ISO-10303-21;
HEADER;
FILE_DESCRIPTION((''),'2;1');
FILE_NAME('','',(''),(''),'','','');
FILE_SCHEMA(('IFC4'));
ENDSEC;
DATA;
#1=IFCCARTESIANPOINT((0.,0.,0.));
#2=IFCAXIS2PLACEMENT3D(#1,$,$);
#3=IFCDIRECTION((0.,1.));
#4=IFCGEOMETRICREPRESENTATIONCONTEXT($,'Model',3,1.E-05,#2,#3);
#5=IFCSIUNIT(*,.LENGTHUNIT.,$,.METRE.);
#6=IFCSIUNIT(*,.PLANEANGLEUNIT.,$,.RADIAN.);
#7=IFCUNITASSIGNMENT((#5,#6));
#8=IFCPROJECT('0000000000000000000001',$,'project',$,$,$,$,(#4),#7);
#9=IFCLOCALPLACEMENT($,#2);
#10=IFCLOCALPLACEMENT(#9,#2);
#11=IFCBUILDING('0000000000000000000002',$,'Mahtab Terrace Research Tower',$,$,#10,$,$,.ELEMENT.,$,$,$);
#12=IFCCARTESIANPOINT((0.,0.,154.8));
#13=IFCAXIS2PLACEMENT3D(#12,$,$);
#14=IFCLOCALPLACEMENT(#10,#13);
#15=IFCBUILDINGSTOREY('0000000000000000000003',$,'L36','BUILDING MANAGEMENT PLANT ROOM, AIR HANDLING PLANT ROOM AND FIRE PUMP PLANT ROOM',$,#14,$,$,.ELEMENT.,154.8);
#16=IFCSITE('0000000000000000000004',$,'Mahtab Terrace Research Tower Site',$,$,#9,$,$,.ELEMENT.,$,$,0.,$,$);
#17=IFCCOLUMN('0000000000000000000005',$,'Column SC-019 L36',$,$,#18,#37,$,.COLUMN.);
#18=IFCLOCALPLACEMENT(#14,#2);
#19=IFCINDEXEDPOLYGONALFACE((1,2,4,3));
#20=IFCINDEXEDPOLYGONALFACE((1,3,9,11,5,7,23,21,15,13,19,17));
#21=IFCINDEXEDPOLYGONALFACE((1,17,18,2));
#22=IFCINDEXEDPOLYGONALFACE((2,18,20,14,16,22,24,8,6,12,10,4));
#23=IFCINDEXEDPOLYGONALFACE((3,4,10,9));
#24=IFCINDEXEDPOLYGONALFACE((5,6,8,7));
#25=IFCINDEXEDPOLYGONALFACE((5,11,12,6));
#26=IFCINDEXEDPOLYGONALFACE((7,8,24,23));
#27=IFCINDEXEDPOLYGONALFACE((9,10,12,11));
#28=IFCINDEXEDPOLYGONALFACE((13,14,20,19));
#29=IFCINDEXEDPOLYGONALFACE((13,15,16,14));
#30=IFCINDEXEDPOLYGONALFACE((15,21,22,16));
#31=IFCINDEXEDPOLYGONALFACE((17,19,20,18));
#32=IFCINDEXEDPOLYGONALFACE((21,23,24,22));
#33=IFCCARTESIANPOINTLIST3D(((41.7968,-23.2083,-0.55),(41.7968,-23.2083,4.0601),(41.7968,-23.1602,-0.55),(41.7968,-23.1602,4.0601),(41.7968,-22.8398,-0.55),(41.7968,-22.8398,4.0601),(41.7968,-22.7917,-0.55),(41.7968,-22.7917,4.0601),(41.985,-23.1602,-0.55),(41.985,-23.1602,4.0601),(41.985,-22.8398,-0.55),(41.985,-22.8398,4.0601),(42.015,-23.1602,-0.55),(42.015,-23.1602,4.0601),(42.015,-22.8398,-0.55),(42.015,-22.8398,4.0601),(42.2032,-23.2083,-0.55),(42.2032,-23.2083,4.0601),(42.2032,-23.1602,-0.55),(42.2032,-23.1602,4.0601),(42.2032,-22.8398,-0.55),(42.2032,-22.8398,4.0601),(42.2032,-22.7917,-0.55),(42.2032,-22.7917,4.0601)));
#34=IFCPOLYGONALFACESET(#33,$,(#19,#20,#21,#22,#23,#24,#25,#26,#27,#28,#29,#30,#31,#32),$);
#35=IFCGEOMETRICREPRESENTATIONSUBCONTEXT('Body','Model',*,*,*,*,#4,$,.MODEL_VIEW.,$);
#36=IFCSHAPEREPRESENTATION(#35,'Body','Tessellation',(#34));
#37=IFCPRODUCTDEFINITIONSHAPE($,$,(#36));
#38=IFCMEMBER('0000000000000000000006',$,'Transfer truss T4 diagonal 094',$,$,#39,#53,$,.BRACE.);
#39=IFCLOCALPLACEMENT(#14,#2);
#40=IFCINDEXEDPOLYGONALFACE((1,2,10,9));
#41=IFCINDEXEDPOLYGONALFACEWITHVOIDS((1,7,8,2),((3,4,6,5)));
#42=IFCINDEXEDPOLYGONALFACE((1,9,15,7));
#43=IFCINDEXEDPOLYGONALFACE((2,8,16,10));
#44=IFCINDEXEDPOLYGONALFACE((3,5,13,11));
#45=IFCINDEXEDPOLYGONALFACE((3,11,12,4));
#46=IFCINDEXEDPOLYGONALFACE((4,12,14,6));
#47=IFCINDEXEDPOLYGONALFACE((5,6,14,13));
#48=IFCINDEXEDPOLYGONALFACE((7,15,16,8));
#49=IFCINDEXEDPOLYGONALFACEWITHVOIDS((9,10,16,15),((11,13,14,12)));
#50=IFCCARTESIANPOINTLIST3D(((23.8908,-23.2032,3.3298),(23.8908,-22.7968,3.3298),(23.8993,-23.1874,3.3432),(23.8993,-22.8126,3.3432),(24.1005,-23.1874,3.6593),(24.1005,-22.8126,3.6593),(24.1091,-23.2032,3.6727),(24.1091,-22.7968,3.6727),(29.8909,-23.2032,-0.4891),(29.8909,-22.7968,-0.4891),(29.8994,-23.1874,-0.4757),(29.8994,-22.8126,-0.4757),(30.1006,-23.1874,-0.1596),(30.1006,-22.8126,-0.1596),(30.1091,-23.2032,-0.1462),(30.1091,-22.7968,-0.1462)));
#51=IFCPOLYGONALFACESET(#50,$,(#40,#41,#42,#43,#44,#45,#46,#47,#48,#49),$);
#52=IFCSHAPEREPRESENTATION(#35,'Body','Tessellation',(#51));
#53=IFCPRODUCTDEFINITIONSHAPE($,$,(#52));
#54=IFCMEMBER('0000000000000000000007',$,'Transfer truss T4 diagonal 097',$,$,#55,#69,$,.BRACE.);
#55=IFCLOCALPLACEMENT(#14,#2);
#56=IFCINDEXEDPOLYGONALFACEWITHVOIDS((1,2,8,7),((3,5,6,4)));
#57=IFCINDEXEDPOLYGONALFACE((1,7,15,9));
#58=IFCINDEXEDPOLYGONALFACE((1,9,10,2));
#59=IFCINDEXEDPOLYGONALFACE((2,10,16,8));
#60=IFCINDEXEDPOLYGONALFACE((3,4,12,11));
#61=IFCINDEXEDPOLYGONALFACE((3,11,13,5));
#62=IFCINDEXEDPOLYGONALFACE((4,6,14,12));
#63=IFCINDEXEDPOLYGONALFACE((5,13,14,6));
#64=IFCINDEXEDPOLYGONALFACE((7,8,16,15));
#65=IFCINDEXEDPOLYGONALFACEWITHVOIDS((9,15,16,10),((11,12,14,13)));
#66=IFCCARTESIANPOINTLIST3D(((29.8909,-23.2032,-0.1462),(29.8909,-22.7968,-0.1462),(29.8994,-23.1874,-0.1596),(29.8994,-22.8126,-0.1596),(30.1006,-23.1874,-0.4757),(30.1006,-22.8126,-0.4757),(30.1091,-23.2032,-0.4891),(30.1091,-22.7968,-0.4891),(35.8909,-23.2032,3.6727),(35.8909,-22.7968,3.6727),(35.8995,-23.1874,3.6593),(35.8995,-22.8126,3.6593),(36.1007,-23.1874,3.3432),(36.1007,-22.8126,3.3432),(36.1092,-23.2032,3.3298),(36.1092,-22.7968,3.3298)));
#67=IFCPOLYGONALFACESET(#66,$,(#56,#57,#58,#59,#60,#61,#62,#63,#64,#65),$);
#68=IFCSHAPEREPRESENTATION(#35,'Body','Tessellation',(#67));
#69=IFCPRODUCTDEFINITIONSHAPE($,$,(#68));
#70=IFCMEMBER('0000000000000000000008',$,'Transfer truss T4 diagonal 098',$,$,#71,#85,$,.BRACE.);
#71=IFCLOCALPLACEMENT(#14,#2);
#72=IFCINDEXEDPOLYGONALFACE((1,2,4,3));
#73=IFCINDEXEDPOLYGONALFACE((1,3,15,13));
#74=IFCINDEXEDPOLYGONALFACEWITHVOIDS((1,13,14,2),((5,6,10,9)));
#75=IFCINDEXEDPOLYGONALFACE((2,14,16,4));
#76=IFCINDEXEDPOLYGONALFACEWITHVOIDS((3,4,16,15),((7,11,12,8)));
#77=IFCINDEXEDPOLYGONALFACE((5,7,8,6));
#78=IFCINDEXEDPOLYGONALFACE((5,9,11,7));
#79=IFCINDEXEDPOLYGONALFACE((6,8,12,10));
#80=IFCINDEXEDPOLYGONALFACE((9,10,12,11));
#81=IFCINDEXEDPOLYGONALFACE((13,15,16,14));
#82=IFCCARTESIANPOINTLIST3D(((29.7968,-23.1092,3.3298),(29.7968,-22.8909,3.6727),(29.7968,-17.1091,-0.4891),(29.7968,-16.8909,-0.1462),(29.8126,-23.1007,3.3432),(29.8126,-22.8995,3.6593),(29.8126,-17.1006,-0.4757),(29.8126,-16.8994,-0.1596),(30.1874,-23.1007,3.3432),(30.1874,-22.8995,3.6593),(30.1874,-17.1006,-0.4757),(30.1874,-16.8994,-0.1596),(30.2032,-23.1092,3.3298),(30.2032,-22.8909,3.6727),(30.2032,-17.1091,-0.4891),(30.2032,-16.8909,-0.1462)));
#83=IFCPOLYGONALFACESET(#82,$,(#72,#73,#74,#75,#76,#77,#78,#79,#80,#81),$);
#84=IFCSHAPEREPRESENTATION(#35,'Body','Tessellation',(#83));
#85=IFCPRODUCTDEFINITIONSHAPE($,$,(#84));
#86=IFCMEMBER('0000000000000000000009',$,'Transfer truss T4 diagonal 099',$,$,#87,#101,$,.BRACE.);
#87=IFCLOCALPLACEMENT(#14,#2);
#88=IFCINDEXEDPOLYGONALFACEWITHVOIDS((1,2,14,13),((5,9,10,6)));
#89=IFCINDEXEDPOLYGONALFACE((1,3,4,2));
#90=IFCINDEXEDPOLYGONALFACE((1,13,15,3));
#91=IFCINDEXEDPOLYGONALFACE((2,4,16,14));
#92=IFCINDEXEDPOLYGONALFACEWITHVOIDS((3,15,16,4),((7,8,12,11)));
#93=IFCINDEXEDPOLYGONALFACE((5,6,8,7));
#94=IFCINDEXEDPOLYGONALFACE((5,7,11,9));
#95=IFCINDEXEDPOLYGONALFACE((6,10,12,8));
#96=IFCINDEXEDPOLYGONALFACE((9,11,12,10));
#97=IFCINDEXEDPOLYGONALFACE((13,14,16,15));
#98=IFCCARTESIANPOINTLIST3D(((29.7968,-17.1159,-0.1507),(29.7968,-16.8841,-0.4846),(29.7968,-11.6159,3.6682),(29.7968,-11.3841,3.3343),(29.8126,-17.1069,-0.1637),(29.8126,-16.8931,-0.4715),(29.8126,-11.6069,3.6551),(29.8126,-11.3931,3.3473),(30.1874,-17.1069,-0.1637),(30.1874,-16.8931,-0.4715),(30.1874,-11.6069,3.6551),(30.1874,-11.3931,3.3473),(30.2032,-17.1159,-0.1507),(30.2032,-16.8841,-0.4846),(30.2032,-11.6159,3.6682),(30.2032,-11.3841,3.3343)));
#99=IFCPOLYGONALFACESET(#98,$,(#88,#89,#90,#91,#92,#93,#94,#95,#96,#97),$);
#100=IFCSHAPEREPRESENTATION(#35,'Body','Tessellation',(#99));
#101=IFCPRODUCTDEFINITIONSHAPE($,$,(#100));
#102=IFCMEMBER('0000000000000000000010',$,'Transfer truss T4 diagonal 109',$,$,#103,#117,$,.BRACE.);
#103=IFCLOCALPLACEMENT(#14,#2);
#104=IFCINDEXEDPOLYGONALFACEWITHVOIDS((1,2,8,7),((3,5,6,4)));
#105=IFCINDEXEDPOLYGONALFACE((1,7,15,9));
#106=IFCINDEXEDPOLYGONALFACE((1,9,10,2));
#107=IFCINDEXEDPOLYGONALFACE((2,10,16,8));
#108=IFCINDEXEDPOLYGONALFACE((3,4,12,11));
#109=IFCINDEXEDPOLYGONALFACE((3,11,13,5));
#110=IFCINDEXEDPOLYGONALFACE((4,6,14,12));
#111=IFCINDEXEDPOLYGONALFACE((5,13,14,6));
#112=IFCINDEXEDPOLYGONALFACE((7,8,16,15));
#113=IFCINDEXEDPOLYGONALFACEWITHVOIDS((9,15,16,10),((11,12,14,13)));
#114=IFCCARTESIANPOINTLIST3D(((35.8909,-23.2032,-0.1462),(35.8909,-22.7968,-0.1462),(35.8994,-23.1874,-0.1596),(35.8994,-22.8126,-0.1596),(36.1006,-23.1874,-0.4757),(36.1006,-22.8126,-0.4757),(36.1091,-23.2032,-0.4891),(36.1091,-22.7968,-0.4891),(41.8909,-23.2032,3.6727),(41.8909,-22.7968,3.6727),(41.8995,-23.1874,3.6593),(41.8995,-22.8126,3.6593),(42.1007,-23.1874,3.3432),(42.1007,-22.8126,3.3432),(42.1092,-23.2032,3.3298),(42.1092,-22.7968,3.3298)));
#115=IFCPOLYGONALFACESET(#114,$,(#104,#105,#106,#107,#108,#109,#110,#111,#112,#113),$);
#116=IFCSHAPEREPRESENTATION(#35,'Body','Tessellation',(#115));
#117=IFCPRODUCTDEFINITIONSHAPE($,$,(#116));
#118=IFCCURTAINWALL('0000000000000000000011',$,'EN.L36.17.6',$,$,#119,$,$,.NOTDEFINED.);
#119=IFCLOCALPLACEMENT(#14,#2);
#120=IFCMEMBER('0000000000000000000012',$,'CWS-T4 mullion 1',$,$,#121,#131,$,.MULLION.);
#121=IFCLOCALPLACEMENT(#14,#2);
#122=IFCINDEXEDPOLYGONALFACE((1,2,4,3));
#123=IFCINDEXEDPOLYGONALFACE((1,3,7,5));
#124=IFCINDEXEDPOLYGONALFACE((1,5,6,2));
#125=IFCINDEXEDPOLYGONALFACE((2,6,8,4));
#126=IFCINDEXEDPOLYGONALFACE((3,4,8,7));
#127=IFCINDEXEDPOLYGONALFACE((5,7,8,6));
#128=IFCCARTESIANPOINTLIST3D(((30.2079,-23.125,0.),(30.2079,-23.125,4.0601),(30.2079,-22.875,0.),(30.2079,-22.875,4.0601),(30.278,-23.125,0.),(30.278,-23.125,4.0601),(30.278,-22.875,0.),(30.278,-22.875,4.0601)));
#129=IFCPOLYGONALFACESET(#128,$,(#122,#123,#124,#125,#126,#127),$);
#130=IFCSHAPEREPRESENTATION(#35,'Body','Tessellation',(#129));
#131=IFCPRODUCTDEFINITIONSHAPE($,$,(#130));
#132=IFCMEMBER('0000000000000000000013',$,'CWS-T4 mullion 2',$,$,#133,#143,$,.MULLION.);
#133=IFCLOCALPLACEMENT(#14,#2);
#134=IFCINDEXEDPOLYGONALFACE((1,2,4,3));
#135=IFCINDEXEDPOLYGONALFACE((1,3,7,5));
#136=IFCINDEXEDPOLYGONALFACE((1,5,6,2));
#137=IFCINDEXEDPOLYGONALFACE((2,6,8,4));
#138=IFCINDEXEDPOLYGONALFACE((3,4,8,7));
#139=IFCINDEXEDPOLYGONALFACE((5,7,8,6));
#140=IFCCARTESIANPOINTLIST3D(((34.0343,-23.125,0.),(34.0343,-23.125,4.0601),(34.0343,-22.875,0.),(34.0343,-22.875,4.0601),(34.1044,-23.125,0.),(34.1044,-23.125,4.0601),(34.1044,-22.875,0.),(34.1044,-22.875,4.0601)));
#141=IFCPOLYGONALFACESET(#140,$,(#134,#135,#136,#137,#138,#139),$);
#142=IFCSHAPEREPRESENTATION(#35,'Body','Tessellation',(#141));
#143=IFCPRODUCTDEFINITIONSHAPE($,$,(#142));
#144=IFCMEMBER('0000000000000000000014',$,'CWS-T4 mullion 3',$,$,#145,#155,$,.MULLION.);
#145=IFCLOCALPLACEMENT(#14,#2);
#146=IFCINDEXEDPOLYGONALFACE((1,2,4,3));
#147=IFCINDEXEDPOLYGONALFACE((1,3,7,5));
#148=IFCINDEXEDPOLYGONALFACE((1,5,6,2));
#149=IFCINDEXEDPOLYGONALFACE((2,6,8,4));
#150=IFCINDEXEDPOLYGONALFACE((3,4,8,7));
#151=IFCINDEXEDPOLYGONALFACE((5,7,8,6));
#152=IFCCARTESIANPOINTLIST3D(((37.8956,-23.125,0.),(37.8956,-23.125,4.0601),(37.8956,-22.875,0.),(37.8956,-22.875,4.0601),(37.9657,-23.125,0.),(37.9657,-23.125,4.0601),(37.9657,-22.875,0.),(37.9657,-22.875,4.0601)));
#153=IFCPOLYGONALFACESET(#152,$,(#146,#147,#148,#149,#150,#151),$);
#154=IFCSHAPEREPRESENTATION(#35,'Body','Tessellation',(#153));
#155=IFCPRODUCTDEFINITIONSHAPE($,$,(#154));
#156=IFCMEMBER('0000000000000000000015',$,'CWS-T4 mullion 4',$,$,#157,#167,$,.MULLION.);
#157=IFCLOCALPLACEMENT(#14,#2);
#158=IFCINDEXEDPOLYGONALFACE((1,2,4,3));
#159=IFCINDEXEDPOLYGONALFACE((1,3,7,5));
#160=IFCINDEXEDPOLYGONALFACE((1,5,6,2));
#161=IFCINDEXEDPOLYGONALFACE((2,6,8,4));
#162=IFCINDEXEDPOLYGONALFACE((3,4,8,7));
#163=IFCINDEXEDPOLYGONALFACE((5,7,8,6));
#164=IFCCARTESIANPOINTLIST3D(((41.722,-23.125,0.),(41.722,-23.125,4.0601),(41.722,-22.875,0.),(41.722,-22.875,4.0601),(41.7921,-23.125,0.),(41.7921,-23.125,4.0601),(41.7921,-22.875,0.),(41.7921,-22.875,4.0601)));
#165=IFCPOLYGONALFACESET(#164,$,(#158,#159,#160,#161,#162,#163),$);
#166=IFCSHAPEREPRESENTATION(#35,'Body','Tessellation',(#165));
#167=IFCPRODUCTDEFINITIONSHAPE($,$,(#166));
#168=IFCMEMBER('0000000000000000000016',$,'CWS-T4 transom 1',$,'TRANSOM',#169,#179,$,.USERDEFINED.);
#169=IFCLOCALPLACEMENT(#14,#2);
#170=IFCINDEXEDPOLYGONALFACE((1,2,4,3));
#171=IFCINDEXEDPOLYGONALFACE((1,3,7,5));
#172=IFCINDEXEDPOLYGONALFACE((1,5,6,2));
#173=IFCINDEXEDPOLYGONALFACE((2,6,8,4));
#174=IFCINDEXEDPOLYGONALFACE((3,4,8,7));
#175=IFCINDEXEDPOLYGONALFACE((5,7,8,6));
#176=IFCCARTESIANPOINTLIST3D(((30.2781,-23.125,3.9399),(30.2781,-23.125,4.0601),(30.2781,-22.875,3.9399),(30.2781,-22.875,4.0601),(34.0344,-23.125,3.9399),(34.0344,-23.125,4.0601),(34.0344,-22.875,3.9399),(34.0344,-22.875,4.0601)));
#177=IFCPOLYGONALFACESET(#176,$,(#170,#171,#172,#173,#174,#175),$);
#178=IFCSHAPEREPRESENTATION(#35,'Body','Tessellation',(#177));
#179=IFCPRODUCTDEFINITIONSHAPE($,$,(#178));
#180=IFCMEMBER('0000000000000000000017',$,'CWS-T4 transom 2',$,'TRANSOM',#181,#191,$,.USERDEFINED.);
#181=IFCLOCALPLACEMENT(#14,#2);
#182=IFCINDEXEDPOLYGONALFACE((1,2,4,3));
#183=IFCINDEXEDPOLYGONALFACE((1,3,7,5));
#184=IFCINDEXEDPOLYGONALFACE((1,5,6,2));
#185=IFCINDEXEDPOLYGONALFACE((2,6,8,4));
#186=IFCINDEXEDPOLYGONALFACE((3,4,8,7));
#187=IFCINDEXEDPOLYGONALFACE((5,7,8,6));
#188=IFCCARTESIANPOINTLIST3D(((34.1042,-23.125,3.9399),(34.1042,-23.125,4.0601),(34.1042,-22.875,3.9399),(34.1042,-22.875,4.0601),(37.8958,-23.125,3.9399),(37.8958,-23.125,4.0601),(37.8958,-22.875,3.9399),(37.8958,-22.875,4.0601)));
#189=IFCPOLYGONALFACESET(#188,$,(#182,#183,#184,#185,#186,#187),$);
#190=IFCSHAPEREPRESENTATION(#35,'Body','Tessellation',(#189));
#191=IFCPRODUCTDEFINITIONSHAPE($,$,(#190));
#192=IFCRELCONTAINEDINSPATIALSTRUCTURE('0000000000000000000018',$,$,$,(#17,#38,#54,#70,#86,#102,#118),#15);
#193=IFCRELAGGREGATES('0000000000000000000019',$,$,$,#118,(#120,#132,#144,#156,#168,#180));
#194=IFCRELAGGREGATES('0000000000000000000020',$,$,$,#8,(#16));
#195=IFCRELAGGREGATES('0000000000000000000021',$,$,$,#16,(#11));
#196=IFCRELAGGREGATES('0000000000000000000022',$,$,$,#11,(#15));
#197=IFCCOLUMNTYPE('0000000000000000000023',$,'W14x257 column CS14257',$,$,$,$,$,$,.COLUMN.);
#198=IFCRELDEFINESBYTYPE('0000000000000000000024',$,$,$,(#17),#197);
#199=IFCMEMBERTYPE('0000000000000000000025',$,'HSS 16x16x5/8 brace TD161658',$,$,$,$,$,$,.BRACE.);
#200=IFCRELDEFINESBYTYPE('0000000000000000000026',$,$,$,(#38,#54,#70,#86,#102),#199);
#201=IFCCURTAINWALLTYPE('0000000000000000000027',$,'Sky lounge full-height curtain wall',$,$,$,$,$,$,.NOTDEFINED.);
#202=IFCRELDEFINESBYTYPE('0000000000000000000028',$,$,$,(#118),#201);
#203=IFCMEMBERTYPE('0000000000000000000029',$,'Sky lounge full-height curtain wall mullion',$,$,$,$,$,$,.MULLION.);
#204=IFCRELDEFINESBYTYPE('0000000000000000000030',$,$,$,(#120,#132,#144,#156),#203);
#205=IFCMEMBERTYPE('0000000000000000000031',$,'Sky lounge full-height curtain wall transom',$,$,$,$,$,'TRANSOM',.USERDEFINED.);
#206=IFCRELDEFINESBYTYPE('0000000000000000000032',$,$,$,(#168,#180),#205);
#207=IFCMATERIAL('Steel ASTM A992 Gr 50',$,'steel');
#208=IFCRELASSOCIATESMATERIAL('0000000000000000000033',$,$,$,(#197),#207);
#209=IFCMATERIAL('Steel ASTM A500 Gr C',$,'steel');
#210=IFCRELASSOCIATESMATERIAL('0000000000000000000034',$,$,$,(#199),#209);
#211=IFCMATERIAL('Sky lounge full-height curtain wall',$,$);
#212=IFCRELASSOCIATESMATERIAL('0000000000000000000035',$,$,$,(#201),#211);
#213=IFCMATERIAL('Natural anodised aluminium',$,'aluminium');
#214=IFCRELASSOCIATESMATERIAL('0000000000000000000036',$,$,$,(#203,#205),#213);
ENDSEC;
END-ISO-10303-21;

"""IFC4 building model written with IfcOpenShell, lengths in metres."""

from ifc_helpers import new_model, si_unit, direction, frame, origin, origin_2d, place, context, subcontext, project, spatial, rectangle, hollow_rectangle, i_section, extrude, material, material_profile, profile_set, type_object, element, aggregate, save


model = new_model("IFC4")

# Units and contexts
model_context = context("Model", 3, precision=1e-05, world=origin(), true_north=direction((0.0, 1.0)))
body_context = subcontext(model_context, "Body", "Model", "MODEL_VIEW")
ifc_project = project(units=[si_unit("LENGTHUNIT", "METRE"), si_unit("PLANEANGLEUNIT", "RADIAN")], contexts=[model_context])

# Site, building, storey
site_placement = place(None, origin())
site = spatial("IfcSite", under=ifc_project, at=site_placement, Name="Mahtab Terrace Research Tower Site", CompositionType="ELEMENT", RefElevation=0.0)
building_placement = place(site_placement, origin())
building = spatial("IfcBuilding", under=site, at=building_placement, Name="Mahtab Terrace Research Tower", CompositionType="ELEMENT")
storey_placement = place(building_placement, frame((0.0, 0.0, 154.8)))
storey = spatial("IfcBuildingStorey", under=building, at=storey_placement, Name="L36", Description="BUILDING MANAGEMENT PLANT ROOM, AIR HANDLING PLANT ROOM AND FIRE PUMP PLANT ROOM", CompositionType="ELEMENT", Elevation=154.8)

# Column
ifc_material_1 = material(Name="Steel ASTM A992 Gr 50", Category="steel")
ifc_material_profile_1 = material_profile(ifc_material_1, i_section(OverallWidth=0.4065, OverallDepth=0.4165, WebThickness=0.03, FlangeThickness=0.0481, at=origin_2d()), Name="W14X257")
ifc_profile_set_1 = profile_set([ifc_material_profile_1], Name="Steel ASTM A992 Gr 50")
column_type = type_object("IfcColumnType", Name="W14x257 column CS14257", PredefinedType="COLUMN", material=ifc_profile_set_1)
column_placement = place(storey_placement, frame((42.0, -23.0, -0.55), z_axis=(0.0, 0.0, 1.0), x_axis=(1.0, 0.0, 0.0)))
element("IfcColumn", 1, at=column_placement, inside=storey, type_object=column_type, Name="Column SC-019 L36", PredefinedType="COLUMN", context=body_context, shape_type="SweptSolid", body=[
    extrude(i_section(OverallWidth=0.4065, OverallDepth=0.4165, WebThickness=0.03, FlangeThickness=0.0481, at=origin_2d()), origin(), (0.0, 0.0, 1.0), 4.6101),
])

# Members
ifc_material_2 = material(Name="Steel ASTM A500 Gr C", Category="steel")
ifc_material_profile_2 = material_profile(ifc_material_2, hollow_rectangle(XDim=0.4065, YDim=0.4065, WallThickness=0.0159, at=origin_2d()), Name="HSS16X16X5/8")
ifc_profile_set_2 = profile_set([ifc_material_profile_2], Name="Steel ASTM A500 Gr C")
member_type_1 = type_object("IfcMemberType", Name="HSS 16x16x5/8 brace TD161658", PredefinedType="BRACE", material=ifc_profile_set_2)
for number, where, z_axis, x_axis, name in (
    (2, (30.0, -23.0, -0.3176), (-0.843619, 0.0, 0.536942), (0.0, -1.0, 0.0), "Transfer truss T4 diagonal 094"),
    (3, (30.0, -23.0, -0.3176), (0.843619, 0.0, 0.536942), (0.0, 1.0, 0.0), "Transfer truss T4 diagonal 097"),
    (4, (30.0, -17.0, -0.3176), (0.0, -0.843619, 0.536942), (1.0, 0.0, 0.0), "Transfer truss T4 diagonal 098"),
):
    element("IfcMember", number, at=place(storey_placement, frame(where, z_axis=z_axis, x_axis=x_axis)), inside=storey, type_object=member_type_1, Name=name, PredefinedType="BRACE", context=body_context, shape_type="SweptSolid", body=[
        extrude(hollow_rectangle(XDim=0.4065, YDim=0.4065, WallThickness=0.0159, at=origin_2d()), origin(), (0.0, 0.0, 1.0), 7.1123),
    ])
member_1_placement = place(storey_placement, frame((30.0, -17.0, -0.3176), z_axis=(0.0, 0.821412, 0.570336), x_axis=(-1.0, 0.0, 0.0)))
element("IfcMember", 5, at=member_1_placement, inside=storey, type_object=member_type_1, Name="Transfer truss T4 diagonal 099", PredefinedType="BRACE", context=body_context, shape_type="SweptSolid", body=[
    extrude(hollow_rectangle(XDim=0.4065, YDim=0.4065, WallThickness=0.0159, at=origin_2d()), origin(), (0.0, 0.0, 1.0), 6.6958),
])
member_2_placement = place(storey_placement, frame((36.0, -23.0, -0.3176), z_axis=(0.843619, 0.0, 0.536942), x_axis=(0.0, 1.0, 0.0)))
element("IfcMember", 6, at=member_2_placement, inside=storey, type_object=member_type_1, Name="Transfer truss T4 diagonal 109", PredefinedType="BRACE", context=body_context, shape_type="SweptSolid", body=[
    extrude(hollow_rectangle(XDim=0.4065, YDim=0.4065, WallThickness=0.0159, at=origin_2d()), origin(), (0.0, 0.0, 1.0), 7.1123),
])

# Curtain wall, members
ifc_material_3 = material(Name="Sky lounge full-height curtain wall")
curtain_wall_type = type_object("IfcCurtainWallType", Name="Sky lounge full-height curtain wall", PredefinedType="NOTDEFINED", material=ifc_material_3)
curtain_wall_placement = place(storey_placement, origin())
curtain_wall = element("IfcCurtainWall", 7, at=curtain_wall_placement, inside=storey, type_object=curtain_wall_type, Name="EN.L36.17.6", PredefinedType="NOTDEFINED")
ifc_material_4 = material(Name="Natural anodised aluminium", Category="aluminium")
ifc_material_profile_3 = material_profile(ifc_material_4, rectangle(XDim=0.25, YDim=0.0701, at=origin_2d()), Name="MULLION 70x250")
ifc_profile_set_3 = profile_set([ifc_material_profile_3], Name="Natural anodised aluminium")
member_type_2 = type_object("IfcMemberType", Name="Sky lounge full-height curtain wall mullion", PredefinedType="MULLION", material=ifc_profile_set_3)
member_3_placement = place(storey_placement, frame((30.2429, -23.0, 0.0), z_axis=(0.0, 0.0, 1.0), x_axis=(0.0, 1.0, 0.0)))
member_3 = element("IfcMember", 8, at=member_3_placement, type_object=member_type_2, Name="CWS-T4 mullion 1", PredefinedType="MULLION", context=body_context, shape_type="SweptSolid", body=[
    extrude(rectangle(XDim=0.25, YDim=0.0701, at=origin_2d()), origin(), (0.0, 0.0, 1.0), 4.0601),
])
member_4_placement = place(storey_placement, frame((34.0693, -23.0, 0.0), z_axis=(0.0, 0.0, 1.0), x_axis=(0.0, 1.0, 0.0)))
member_4 = element("IfcMember", 9, at=member_4_placement, type_object=member_type_2, Name="CWS-T4 mullion 2", PredefinedType="MULLION", context=body_context, shape_type="SweptSolid", body=[
    extrude(rectangle(XDim=0.25, YDim=0.0701, at=origin_2d()), origin(), (0.0, 0.0, 1.0), 4.0601),
])
member_5_placement = place(storey_placement, frame((37.9307, -23.0, 0.0), z_axis=(0.0, 0.0, 1.0), x_axis=(0.0, 1.0, 0.0)))
member_5 = element("IfcMember", 10, at=member_5_placement, type_object=member_type_2, Name="CWS-T4 mullion 3", PredefinedType="MULLION", context=body_context, shape_type="SweptSolid", body=[
    extrude(rectangle(XDim=0.25, YDim=0.0701, at=origin_2d()), origin(), (0.0, 0.0, 1.0), 4.0601),
])
member_6_placement = place(storey_placement, frame((41.7571, -23.0, 0.0), z_axis=(0.0, 0.0, 1.0), x_axis=(0.0, 1.0, 0.0)))
member_6 = element("IfcMember", 11, at=member_6_placement, type_object=member_type_2, Name="CWS-T4 mullion 4", PredefinedType="MULLION", context=body_context, shape_type="SweptSolid", body=[
    extrude(rectangle(XDim=0.25, YDim=0.0701, at=origin_2d()), origin(), (0.0, 0.0, 1.0), 4.0601),
])
ifc_material_profile_4 = material_profile(ifc_material_4, rectangle(XDim=0.25, YDim=0.1201, at=origin_2d()), Name="TRANSOM 120x250")
ifc_profile_set_4 = profile_set([ifc_material_profile_4], Name="Natural anodised aluminium")
member_type_3 = type_object("IfcMemberType", Name="Sky lounge full-height curtain wall transom", ElementType="TRANSOM", PredefinedType="USERDEFINED", material=ifc_profile_set_4)
member_7_placement = place(storey_placement, frame((30.2781, -23.0, 4.0), z_axis=(1.0, 0.0, 0.0), x_axis=(0.0, 1.0, 0.0)))
member_7 = element("IfcMember", 12, at=member_7_placement, type_object=member_type_3, Name="CWS-T4 transom 1", ObjectType="TRANSOM", PredefinedType="USERDEFINED", context=body_context, shape_type="SweptSolid", body=[
    extrude(rectangle(XDim=0.25, YDim=0.1201, at=origin_2d()), origin(), (0.0, 0.0, 1.0), 3.7563),
])
member_8_placement = place(storey_placement, frame((34.1042, -23.0, 4.0), z_axis=(1.0, 0.0, 0.0), x_axis=(0.0, 1.0, 0.0)))
member_8 = element("IfcMember", 13, at=member_8_placement, type_object=member_type_3, Name="CWS-T4 transom 2", ObjectType="TRANSOM", PredefinedType="USERDEFINED", context=body_context, shape_type="SweptSolid", body=[
    extrude(rectangle(XDim=0.25, YDim=0.1201, at=origin_2d()), origin(), (0.0, 0.0, 1.0), 3.7915),
])

aggregate(curtain_wall, [member_3, member_4, member_5, member_6, member_7, member_8])

save(model, "model.ifc")
